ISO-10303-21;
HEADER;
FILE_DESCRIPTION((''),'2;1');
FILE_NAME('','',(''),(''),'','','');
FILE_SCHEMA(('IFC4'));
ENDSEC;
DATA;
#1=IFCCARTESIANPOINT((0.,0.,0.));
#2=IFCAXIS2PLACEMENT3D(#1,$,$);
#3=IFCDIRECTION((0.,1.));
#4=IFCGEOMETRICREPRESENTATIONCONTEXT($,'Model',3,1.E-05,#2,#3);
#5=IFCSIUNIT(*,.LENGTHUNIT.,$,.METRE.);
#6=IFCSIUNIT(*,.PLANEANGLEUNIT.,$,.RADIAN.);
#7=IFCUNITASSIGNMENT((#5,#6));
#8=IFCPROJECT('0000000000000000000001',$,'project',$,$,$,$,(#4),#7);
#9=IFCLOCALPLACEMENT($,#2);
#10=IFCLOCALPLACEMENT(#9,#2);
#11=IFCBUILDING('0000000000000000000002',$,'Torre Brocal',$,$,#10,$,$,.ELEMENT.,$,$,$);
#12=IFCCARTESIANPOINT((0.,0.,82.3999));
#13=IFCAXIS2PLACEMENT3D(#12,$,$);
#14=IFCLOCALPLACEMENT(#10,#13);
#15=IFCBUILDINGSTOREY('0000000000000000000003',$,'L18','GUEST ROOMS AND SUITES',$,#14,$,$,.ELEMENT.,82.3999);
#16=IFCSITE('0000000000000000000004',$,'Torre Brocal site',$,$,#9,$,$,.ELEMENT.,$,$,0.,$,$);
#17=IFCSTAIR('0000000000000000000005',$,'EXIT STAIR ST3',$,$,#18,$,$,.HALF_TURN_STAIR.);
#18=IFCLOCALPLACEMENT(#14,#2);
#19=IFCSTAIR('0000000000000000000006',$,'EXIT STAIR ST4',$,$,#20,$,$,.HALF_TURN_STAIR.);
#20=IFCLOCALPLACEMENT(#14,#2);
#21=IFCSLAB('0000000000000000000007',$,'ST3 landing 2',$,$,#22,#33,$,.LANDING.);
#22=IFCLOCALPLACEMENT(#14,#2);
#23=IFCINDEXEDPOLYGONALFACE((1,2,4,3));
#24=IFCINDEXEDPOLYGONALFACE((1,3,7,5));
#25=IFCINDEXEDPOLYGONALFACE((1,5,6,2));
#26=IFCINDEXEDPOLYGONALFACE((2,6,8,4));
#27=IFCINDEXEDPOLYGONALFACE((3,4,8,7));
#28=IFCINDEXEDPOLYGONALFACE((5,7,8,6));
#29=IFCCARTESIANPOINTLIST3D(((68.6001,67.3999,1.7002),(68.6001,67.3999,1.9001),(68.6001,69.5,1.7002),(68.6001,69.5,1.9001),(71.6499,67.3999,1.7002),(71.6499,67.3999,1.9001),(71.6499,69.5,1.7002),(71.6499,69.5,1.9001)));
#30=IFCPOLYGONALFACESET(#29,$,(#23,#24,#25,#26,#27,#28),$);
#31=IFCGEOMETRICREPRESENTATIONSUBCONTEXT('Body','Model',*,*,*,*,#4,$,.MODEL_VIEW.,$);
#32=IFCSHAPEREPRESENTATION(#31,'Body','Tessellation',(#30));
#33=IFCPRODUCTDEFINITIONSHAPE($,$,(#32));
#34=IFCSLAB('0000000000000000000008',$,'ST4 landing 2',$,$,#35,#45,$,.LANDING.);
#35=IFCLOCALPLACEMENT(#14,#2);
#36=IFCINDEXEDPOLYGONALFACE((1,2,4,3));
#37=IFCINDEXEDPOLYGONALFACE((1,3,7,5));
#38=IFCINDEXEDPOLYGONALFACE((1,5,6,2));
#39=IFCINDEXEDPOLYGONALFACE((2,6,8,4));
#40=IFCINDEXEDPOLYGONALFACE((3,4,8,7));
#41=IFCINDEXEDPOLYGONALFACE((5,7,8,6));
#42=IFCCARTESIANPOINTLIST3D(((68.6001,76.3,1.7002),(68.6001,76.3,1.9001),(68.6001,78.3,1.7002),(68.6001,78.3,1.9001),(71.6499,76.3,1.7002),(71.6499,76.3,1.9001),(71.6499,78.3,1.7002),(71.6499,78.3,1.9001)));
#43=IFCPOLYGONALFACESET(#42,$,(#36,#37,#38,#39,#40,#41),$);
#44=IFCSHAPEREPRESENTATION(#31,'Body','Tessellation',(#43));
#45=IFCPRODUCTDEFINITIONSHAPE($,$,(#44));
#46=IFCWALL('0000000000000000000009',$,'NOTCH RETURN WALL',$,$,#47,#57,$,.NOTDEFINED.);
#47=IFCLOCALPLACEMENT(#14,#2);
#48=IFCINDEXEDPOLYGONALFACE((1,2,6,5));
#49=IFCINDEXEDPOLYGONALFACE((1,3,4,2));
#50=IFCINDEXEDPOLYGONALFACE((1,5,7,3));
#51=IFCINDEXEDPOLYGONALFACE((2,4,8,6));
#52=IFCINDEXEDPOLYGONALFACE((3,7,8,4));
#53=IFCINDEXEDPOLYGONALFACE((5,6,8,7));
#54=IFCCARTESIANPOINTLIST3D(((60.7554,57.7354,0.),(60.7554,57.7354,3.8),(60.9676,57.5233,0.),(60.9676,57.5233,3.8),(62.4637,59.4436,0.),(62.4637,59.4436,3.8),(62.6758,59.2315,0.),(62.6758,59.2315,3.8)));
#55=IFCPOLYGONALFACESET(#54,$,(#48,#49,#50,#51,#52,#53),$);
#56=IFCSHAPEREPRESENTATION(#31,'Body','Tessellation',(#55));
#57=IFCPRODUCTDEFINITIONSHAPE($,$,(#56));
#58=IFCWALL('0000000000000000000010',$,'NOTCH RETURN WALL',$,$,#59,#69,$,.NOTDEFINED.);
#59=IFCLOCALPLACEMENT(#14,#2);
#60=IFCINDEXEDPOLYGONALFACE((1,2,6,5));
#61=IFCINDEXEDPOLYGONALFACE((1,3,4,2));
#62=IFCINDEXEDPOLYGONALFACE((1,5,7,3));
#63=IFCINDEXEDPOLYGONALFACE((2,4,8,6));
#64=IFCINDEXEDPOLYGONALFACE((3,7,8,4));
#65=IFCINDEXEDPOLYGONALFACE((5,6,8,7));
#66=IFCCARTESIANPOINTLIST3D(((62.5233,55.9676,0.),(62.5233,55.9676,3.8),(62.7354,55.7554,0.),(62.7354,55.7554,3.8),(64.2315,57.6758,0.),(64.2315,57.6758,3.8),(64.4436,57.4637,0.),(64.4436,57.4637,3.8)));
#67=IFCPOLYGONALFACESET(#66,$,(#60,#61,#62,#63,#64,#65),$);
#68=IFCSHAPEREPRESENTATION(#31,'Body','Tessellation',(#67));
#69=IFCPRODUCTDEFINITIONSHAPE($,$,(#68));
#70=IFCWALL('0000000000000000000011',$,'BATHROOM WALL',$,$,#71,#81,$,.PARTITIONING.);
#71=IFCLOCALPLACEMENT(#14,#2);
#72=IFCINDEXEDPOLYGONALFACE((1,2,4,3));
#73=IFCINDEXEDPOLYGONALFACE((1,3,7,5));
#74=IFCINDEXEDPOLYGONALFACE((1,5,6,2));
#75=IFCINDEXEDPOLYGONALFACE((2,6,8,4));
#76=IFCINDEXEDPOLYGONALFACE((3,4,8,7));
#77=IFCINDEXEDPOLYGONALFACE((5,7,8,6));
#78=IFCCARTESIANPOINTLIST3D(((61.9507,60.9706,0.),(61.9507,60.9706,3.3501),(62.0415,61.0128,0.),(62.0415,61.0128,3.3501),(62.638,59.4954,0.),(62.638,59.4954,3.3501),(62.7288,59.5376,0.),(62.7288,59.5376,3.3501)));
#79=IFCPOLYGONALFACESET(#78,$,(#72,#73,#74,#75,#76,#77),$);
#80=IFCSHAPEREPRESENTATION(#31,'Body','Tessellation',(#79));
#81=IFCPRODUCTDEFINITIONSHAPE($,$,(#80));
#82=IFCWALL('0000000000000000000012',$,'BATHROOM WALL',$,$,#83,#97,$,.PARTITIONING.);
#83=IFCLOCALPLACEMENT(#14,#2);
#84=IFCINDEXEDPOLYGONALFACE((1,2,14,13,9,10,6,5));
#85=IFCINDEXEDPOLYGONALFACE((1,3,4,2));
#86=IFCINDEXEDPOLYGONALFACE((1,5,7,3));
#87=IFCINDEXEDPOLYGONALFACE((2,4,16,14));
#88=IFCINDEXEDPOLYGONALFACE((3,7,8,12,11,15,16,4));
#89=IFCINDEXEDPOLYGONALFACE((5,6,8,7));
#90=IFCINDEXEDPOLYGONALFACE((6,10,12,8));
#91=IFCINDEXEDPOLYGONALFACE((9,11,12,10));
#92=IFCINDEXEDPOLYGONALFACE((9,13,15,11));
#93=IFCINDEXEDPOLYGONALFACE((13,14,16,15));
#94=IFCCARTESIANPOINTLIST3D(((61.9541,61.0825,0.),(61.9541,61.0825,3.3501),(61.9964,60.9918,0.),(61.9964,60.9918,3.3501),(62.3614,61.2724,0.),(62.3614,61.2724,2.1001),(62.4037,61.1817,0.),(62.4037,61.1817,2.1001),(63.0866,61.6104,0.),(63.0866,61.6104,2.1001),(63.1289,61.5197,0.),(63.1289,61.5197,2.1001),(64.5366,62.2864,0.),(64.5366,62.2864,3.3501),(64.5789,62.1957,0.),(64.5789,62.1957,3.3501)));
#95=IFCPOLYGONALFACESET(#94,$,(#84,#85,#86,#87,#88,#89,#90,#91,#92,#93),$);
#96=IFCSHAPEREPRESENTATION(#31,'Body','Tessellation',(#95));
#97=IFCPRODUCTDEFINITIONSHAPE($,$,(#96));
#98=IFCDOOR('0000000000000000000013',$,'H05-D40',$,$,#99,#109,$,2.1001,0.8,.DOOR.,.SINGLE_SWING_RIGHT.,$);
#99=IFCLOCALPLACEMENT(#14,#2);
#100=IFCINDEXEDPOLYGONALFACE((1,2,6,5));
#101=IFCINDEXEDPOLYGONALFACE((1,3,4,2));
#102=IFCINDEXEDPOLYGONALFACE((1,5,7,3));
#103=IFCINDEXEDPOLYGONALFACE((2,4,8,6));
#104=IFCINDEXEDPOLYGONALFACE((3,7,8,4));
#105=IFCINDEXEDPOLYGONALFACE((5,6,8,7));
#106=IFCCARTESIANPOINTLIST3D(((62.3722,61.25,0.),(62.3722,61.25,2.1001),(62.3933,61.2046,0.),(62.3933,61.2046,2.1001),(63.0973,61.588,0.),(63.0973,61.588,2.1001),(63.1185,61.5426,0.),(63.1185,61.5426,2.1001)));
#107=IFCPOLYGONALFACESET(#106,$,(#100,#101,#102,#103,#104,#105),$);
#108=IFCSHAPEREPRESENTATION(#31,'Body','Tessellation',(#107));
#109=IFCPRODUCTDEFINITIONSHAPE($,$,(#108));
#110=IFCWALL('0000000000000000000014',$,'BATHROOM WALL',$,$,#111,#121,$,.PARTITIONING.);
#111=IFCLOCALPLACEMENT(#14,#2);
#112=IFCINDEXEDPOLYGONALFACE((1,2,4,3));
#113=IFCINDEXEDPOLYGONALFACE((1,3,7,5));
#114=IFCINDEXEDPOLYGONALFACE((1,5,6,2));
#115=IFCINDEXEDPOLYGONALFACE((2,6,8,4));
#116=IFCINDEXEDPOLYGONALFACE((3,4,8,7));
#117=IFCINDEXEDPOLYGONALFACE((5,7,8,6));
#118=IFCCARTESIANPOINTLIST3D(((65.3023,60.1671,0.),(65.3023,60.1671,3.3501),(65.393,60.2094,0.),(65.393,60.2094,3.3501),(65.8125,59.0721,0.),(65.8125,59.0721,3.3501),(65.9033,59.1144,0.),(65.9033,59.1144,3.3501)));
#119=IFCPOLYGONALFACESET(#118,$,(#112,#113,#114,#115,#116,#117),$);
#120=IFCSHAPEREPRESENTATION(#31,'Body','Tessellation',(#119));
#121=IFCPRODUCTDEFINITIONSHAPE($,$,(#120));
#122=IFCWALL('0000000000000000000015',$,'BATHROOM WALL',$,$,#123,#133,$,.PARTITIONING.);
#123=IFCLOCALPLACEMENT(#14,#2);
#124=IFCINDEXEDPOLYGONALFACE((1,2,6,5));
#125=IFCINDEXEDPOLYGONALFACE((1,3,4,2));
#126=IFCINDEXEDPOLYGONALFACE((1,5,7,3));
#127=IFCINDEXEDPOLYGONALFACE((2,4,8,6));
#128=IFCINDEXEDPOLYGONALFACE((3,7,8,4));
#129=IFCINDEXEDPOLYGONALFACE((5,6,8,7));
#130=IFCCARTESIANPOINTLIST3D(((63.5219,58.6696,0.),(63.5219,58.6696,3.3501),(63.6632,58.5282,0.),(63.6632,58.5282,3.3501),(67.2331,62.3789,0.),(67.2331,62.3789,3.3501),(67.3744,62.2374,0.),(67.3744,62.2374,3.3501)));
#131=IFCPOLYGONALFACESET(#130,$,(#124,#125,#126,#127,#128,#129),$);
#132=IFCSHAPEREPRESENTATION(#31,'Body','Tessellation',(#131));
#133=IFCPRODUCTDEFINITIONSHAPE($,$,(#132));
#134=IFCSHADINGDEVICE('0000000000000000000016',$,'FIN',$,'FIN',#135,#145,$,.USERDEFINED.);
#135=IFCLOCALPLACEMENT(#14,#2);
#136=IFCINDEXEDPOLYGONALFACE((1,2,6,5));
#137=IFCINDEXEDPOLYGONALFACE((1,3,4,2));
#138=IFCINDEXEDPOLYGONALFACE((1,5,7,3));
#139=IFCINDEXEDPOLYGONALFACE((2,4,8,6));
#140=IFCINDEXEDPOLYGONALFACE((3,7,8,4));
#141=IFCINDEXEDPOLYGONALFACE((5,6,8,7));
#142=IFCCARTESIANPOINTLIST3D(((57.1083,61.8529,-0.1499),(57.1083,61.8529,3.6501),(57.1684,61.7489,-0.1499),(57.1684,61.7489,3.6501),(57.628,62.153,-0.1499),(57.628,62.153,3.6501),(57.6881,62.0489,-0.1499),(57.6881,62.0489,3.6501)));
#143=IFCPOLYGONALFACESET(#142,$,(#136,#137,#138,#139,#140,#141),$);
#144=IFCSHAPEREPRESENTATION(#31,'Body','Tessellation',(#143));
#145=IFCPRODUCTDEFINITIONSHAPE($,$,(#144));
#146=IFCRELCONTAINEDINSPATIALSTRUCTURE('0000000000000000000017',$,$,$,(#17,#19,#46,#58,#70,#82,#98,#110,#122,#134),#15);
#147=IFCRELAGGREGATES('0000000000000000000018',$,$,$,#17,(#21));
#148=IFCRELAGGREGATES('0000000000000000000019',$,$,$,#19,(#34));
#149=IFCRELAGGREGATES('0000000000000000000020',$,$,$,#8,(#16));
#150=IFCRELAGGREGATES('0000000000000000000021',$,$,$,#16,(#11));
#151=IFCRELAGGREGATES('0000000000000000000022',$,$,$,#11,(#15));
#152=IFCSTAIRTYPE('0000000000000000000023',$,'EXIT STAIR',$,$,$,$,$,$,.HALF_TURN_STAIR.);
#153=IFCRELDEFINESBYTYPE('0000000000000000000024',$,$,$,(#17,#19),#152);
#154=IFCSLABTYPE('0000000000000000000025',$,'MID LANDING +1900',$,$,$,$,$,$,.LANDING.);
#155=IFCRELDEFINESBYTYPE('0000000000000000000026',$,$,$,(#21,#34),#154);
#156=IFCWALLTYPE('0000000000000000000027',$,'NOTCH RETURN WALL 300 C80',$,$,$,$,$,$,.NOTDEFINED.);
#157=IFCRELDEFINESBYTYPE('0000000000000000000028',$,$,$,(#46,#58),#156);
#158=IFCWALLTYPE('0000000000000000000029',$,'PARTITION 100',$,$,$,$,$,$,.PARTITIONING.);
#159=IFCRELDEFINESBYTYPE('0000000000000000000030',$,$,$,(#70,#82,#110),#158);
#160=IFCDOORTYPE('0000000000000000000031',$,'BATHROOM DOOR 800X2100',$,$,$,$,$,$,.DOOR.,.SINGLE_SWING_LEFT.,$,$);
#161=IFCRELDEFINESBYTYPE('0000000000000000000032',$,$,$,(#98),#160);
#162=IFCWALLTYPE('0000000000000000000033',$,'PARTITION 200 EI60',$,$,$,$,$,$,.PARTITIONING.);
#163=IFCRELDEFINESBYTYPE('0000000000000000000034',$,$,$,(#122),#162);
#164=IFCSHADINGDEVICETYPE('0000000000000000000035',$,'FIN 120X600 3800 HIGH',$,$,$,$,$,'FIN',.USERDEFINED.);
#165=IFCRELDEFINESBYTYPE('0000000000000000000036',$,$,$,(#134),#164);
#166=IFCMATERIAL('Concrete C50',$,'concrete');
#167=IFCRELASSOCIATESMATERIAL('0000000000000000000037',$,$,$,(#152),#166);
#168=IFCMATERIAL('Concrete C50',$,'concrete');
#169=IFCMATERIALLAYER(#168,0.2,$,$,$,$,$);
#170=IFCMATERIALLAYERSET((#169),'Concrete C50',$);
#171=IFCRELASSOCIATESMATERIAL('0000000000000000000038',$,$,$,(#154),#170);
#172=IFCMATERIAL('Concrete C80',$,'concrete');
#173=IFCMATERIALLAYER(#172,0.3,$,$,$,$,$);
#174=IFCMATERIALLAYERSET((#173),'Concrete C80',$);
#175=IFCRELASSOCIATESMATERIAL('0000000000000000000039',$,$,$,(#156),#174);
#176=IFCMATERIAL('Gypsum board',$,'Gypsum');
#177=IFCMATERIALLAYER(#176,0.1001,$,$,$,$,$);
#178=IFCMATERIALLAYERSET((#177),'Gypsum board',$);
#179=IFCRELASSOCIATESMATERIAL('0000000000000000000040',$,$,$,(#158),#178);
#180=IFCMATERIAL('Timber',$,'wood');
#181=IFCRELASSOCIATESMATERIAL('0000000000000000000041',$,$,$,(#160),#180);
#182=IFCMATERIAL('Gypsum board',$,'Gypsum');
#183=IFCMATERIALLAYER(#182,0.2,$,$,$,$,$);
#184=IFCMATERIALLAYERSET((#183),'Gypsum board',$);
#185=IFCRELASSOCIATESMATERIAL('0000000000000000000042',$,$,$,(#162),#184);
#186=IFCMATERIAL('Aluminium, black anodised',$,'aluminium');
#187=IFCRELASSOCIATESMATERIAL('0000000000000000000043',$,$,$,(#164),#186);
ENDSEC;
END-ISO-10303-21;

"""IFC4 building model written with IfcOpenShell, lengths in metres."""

from ifc_helpers import new_model, si_unit, direction, frame, frame_2d, origin, origin_2d, place, context, subcontext, project, spatial, polyline, rectangle, outline, extrude, material, layer, layer_set, material_profile, profile_set, type_object, element, fill, aggregate, save


model = new_model("IFC4")

# Units and contexts
model_context = context("Model", 3, precision=1e-05, world=origin(), true_north=direction((0.0, 1.0)))
body_context = subcontext(model_context, "Body", "Model", "MODEL_VIEW")
ifc_project = project(units=[si_unit("LENGTHUNIT", "METRE"), si_unit("PLANEANGLEUNIT", "RADIAN")], contexts=[model_context])

# Site, building, storey
site_placement = place(None, origin())
site = spatial("IfcSite", under=ifc_project, at=site_placement, Name="Torre Brocal site", CompositionType="ELEMENT", RefElevation=0.0)
building_placement = place(site_placement, origin())
building = spatial("IfcBuilding", under=site, at=building_placement, Name="Torre Brocal", CompositionType="ELEMENT")
storey_placement = place(building_placement, frame((0.0, 0.0, 82.3999)))
storey = spatial("IfcBuildingStorey", under=building, at=storey_placement, Name="L18", Description="GUEST ROOMS AND SUITES", CompositionType="ELEMENT", Elevation=82.3999)

# Stairs
ifc_material_1 = material(Name="Concrete C50", Category="concrete")
stair_type = type_object("IfcStairType", Name="EXIT STAIR", PredefinedType="HALF_TURN_STAIR", material=ifc_material_1)
stair_1_placement = place(storey_placement, origin())
stair_1 = element("IfcStair", 1, at=stair_1_placement, inside=storey, type_object=stair_type, Name="EXIT STAIR ST3", PredefinedType="HALF_TURN_STAIR")
stair_2_placement = place(storey_placement, origin())
stair_2 = element("IfcStair", 2, at=stair_2_placement, inside=storey, type_object=stair_type, Name="EXIT STAIR ST4", PredefinedType="HALF_TURN_STAIR")

# Slabs
ifc_material_2 = material(Name="Concrete C50", Category="concrete")
ifc_layer_1 = layer(ifc_material_2, 0.2)
ifc_layer_set_1 = layer_set([ifc_layer_1], Name="Concrete C50")
slab_type_1 = type_object("IfcSlabType", Name="MID LANDING +1900", PredefinedType="LANDING", material=ifc_layer_set_1)
slab_1_placement = place(storey_placement, frame((0.0, 0.0, 1.7002)))
slab_1 = element("IfcSlab", 3, at=slab_1_placement, type_object=slab_type_1, Name="ST3 landing 2", PredefinedType="LANDING", context=body_context, shape_type="SweptSolid", body=[
    extrude(outline(polyline([(71.6499, 69.5), (68.6001, 69.5), (68.6001, 67.3999), (71.6499, 67.3999), (71.6499, 69.5)])), origin(), (0.0, 0.0, 1.0), 0.2),
])
aggregate(stair_1, [slab_1])
slab_2_placement = place(storey_placement, frame((0.0, 0.0, 1.7002)))
slab_2 = element("IfcSlab", 4, at=slab_2_placement, type_object=slab_type_1, Name="ST4 landing 2", PredefinedType="LANDING", context=body_context, shape_type="SweptSolid", body=[
    extrude(outline(polyline([(71.6499, 78.3), (68.6001, 78.3), (68.6001, 76.3), (71.6499, 76.3), (71.6499, 78.3)])), origin(), (0.0, 0.0, 1.0), 0.2),
])
aggregate(stair_2, [slab_2])

# Walls
ifc_material_3 = material(Name="Concrete C80", Category="concrete")
ifc_layer_2 = layer(ifc_material_3, 0.3)
ifc_layer_set_2 = layer_set([ifc_layer_2], Name="Concrete C80")
wall_type_1 = type_object("IfcWallType", Name="NOTCH RETURN WALL 300 C80", PredefinedType="NOTDEFINED", material=ifc_layer_set_2)
for number, where, z_axis, x_axis, name in (
    (5, (62.5698, 59.3376, 0.0), (0.0, 0.0, 1.0), (-0.707107, -0.707107, 0.0), "NOTCH RETURN WALL"),
    (6, (64.3376, 57.5698, 0.0), (0.0, 0.0, 1.0), (-0.707107, -0.707107, 0.0), "NOTCH RETURN WALL"),
):
    element("IfcWall", number, at=place(storey_placement, frame(where, z_axis=z_axis, x_axis=x_axis)), inside=storey, type_object=wall_type_1, Name=name, PredefinedType="NOTDEFINED", context=body_context, shape_type="SweptSolid", body=[
        extrude(rectangle(XDim=2.4158, YDim=0.3, at=frame_2d((1.208, 0.0))), origin(), (0.0, 0.0, 1.0), 3.8),
    ])
ifc_material_4 = material(Name="Gypsum board", Category="Gypsum")
ifc_layer_3 = layer(ifc_material_4, 0.1001)
ifc_layer_set_3 = layer_set([ifc_layer_3], Name="Gypsum board")
wall_type_2 = type_object("IfcWallType", Name="PARTITION 100", PredefinedType="PARTITIONING", material=ifc_layer_set_3)
wall_1_placement = place(storey_placement, frame((61.9961, 60.9917, 0.0), z_axis=(0.0, 0.0, 1.0), x_axis=(0.422319, -0.906447, 0.0)))
element("IfcWall", 7, at=wall_1_placement, inside=storey, type_object=wall_type_2, Name="BATHROOM WALL", PredefinedType="PARTITIONING", context=body_context, shape_type="SweptSolid", body=[
    extrude(rectangle(XDim=1.6274, YDim=0.1001, at=frame_2d((0.8137, 0.0))), origin(), (0.0, 0.0, 1.0), 3.3501),
])

# Wall, opening, door
wall_2_placement = place(storey_placement, frame((61.9751, 61.0371, 0.0), z_axis=(0.0, 0.0, 1.0), x_axis=(0.90636, 0.422505, 0.0)))
wall_2 = element("IfcWall", 8, at=wall_2_placement, inside=storey, type_object=wall_type_2, Name="BATHROOM WALL", PredefinedType="PARTITIONING", context=body_context, shape_type="SweptSolid", body=[
    extrude(rectangle(XDim=2.8494, YDim=0.1001, at=frame_2d((1.4248, 0.0))), origin(), (0.0, 0.0, 1.0), 3.3501),
])
opening_placement = place(wall_2_placement, frame((0.4497, 0.0, 0.0)))
opening = element("IfcOpeningElement", 9, at=opening_placement, cuts=wall_2, PredefinedType="OPENING", context=body_context, shape_type="SweptSolid", body=[
    extrude(rectangle(XDim=0.8, YDim=2.1001, at=frame_2d((0.3999, 1.05))), frame((0.0, 0.0601, 0.0), z_axis=(0.0, -1.0, 0.0), x_axis=(1.0, 0.0, 0.0)), (0.0, 0.0, 1.0), 0.1201),
])
ifc_material_5 = material(Name="Timber", Category="wood")
door_type = type_object("IfcDoorType", Name="BATHROOM DOOR 800X2100", OperationType="SINGLE_SWING_LEFT", PredefinedType="DOOR", material=ifc_material_5)
door_placement = place(opening_placement, frame((0.8, 0.0, 0.0), z_axis=(0.0, 0.0, 1.0), x_axis=(-1.0, 0.0, 0.0)))
door = element("IfcDoor", 10, at=door_placement, inside=storey, type_object=door_type, Name="H05-D40", OperationType="SINGLE_SWING_RIGHT", OverallHeight=2.1001, OverallWidth=0.8, PredefinedType="DOOR", context=body_context, shape_type="SweptSolid", body=[
    extrude(rectangle(XDim=0.8, YDim=2.1001, at=frame_2d((0.3999, 1.05))), frame((0.0, 0.0249, 0.0), z_axis=(0.0, -1.0, 0.0), x_axis=(1.0, 0.0, 0.0)), (0.0, 0.0, 1.0), 0.05),
])
fill(opening, door)

# Walls
wall_3_placement = place(storey_placement, frame((65.3477, 60.1882, 0.0), z_axis=(0.0, 0.0, 1.0), x_axis=(0.422388, -0.906415, 0.0)))
element("IfcWall", 11, at=wall_3_placement, inside=storey, type_object=wall_type_2, Name="BATHROOM WALL", PredefinedType="PARTITIONING", context=body_context, shape_type="SweptSolid", body=[
    extrude(rectangle(XDim=1.208, YDim=0.1001, at=frame_2d((0.604, 0.0))), origin(), (0.0, 0.0, 1.0), 3.3501),
])
ifc_material_6 = material(Name="Gypsum board", Category="Gypsum")
ifc_layer_4 = layer(ifc_material_6, 0.2)
ifc_layer_set_4 = layer_set([ifc_layer_4], Name="Gypsum board")
wall_type_3 = type_object("IfcWallType", Name="PARTITION 200 EI60", PredefinedType="PARTITIONING", material=ifc_layer_set_4)
wall_4_placement = place(storey_placement, frame((63.5925, 58.5989, 0.0), z_axis=(0.0, 0.0, 1.0), x_axis=(0.707293, 0.706921, 0.0)))
element("IfcWall", 12, at=wall_4_placement, inside=storey, type_object=wall_type_3, Name="BATHROOM WALL", PredefinedType="PARTITIONING", context=body_context, shape_type="SweptSolid", body=[
    extrude(rectangle(XDim=5.2471, YDim=0.2, at=frame_2d((2.6235, 0.0))), origin(), (0.0, 0.0, 1.0), 3.3501),
])

# Shading device
ifc_material_7 = material(Name="Aluminium, black anodised", Category="aluminium")
ifc_material_profile_1 = material_profile(ifc_material_7, rectangle(XDim=0.1201, YDim=0.6001, at=origin_2d()), Name="FIN 120X600 3800 HIGH")
ifc_profile_set_1 = profile_set([ifc_material_profile_1], Name="Aluminium, black anodised")
shading_device_type = type_object("IfcShadingDeviceType", Name="FIN 120X600 3800 HIGH", ElementType="FIN", PredefinedType="USERDEFINED", material=ifc_profile_set_1)
shading_device_placement = place(storey_placement, frame((57.3982, 61.9509, -0.1499), z_axis=(0.0, 0.0, 1.0), x_axis=(0.5, -0.866025, 0.0)))
element("IfcShadingDevice", 13, at=shading_device_placement, inside=storey, type_object=shading_device_type, Name="FIN", ObjectType="FIN", PredefinedType="USERDEFINED", context=body_context, shape_type="SweptSolid", body=[
    extrude(rectangle(XDim=0.1201, YDim=0.6001, at=origin_2d()), origin(), (0.0, 0.0, 1.0), 3.8),
])

save(model, "model.ifc")
